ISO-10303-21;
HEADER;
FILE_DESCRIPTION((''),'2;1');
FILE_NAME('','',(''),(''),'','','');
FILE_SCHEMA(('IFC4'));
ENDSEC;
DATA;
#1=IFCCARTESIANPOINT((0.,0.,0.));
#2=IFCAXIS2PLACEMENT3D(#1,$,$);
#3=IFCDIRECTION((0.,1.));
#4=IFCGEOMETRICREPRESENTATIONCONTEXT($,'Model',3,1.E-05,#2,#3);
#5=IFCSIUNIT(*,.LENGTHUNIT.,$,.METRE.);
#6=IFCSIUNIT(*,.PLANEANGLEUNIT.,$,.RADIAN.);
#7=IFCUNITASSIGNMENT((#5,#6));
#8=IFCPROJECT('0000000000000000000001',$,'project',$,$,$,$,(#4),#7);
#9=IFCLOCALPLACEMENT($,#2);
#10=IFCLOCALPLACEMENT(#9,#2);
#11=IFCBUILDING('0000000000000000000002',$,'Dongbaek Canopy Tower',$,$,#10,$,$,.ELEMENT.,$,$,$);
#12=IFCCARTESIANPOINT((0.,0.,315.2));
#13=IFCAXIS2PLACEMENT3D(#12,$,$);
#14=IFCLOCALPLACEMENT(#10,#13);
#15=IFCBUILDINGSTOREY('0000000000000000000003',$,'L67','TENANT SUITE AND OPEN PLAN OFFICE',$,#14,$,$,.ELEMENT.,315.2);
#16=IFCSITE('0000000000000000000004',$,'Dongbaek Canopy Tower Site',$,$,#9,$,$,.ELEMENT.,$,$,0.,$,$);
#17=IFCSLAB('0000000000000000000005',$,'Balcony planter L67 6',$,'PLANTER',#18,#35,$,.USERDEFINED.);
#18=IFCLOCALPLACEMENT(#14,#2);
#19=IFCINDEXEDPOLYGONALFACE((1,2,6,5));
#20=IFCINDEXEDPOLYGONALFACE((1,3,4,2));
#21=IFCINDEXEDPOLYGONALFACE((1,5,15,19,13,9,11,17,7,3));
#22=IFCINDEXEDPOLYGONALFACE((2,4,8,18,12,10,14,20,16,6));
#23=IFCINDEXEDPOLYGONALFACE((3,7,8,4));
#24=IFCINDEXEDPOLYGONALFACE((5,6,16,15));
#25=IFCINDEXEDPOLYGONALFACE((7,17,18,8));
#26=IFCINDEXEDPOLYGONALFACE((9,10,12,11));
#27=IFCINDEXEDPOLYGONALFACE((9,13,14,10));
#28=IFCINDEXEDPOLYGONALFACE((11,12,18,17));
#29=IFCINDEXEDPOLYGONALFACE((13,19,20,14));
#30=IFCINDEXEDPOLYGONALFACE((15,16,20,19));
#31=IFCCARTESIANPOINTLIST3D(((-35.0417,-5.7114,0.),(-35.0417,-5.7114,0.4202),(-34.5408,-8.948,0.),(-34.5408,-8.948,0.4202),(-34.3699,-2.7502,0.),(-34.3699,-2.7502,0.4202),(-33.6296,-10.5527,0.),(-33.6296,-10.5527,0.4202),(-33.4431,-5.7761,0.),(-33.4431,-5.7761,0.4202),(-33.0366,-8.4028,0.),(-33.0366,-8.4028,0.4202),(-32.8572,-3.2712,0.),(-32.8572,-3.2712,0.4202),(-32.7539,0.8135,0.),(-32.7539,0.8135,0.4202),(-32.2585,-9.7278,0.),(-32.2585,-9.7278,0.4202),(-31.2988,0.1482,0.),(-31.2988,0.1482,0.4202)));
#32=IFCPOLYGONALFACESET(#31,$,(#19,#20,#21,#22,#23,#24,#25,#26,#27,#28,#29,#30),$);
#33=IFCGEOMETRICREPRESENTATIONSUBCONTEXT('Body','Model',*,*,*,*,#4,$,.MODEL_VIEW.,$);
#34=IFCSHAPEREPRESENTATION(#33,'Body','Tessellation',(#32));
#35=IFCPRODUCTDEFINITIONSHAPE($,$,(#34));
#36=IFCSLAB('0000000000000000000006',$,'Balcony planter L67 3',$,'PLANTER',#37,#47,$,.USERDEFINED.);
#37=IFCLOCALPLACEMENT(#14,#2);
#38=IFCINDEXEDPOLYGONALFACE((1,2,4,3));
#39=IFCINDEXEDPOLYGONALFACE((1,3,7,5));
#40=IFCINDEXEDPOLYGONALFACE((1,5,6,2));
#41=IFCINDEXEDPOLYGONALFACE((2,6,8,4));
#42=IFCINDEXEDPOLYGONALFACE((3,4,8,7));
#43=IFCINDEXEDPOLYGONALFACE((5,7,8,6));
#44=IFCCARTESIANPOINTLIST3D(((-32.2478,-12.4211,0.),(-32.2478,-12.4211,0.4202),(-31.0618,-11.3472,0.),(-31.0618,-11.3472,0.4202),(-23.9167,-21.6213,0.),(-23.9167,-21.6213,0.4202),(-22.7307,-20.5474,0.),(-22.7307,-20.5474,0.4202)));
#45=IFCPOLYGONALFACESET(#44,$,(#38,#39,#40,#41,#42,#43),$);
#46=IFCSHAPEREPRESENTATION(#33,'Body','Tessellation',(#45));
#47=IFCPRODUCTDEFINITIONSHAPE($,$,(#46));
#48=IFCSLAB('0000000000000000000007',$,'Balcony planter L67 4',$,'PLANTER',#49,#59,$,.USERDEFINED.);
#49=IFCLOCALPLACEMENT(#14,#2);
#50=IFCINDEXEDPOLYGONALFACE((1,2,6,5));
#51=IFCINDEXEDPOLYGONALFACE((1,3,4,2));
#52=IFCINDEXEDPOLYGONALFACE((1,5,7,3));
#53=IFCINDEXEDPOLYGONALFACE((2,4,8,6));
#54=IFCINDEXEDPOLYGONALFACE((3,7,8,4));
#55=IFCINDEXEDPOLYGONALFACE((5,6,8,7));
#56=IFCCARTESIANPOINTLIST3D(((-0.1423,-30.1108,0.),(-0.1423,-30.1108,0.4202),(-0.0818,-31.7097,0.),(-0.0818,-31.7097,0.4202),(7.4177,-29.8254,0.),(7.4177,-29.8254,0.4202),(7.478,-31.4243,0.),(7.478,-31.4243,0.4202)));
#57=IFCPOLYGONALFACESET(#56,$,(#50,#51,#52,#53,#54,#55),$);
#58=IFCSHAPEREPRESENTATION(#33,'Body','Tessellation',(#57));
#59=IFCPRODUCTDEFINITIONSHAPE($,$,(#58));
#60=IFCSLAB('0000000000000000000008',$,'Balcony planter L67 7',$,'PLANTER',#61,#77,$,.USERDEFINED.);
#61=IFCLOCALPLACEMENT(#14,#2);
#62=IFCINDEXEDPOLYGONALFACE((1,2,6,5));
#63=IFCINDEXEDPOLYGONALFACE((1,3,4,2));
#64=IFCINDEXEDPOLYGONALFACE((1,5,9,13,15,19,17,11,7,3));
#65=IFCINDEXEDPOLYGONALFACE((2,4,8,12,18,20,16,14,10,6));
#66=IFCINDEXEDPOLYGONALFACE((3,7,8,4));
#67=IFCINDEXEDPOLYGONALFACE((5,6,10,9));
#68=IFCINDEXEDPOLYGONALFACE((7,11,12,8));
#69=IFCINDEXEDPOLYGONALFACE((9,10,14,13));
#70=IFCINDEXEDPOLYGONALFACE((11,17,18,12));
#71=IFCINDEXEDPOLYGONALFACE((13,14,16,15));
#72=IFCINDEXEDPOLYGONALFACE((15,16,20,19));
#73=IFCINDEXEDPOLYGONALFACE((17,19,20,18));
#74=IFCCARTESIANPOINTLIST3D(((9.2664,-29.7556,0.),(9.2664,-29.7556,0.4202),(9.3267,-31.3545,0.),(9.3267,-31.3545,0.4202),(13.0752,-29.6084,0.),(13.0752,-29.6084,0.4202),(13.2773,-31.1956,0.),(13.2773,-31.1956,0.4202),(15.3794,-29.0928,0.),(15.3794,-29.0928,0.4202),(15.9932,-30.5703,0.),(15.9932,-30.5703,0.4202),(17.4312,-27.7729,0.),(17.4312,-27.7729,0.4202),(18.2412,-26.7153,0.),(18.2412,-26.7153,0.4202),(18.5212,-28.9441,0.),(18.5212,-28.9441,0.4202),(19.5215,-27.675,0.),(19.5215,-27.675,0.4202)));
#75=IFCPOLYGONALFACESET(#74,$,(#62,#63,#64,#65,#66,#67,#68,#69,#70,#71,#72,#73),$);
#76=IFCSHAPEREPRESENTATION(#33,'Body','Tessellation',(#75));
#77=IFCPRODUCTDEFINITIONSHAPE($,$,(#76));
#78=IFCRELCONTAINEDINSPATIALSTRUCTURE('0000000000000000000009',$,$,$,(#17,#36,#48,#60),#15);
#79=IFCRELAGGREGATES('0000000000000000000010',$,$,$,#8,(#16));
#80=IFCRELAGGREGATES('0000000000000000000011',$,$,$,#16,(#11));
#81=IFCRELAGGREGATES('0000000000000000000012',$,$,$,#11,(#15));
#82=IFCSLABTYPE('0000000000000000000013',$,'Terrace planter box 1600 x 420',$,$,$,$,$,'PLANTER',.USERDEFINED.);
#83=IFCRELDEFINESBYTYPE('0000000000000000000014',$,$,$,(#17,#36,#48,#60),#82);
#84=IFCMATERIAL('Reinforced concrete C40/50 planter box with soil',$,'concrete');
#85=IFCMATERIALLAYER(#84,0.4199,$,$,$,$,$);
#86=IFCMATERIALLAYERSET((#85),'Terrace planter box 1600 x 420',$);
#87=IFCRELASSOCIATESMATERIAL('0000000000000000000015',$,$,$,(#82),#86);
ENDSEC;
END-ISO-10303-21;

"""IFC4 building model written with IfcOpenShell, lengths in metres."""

from ifc_helpers import new_model, si_unit, direction, frame, origin, place, context, subcontext, project, spatial, polyline, outline, extrude, material, layer, layer_set, type_object, element, save


model = new_model("IFC4")

# Units and contexts
model_context = context("Model", 3, precision=1e-05, world=origin(), true_north=direction((0.0, 1.0)))
body_context = subcontext(model_context, "Body", "Model", "MODEL_VIEW")
ifc_project = project(units=[si_unit("LENGTHUNIT", "METRE"), si_unit("PLANEANGLEUNIT", "RADIAN")], contexts=[model_context])

# Site, building, storey
site_placement = place(None, origin())
site = spatial("IfcSite", under=ifc_project, at=site_placement, Name="Dongbaek Canopy Tower Site", CompositionType="ELEMENT", RefElevation=0.0)
building_placement = place(site_placement, origin())
building = spatial("IfcBuilding", under=site, at=building_placement, Name="Dongbaek Canopy Tower", CompositionType="ELEMENT")
storey_placement = place(building_placement, frame((0.0, 0.0, 315.2)))
storey = spatial("IfcBuildingStorey", under=building, at=storey_placement, Name="L67", Description="TENANT SUITE AND OPEN PLAN OFFICE", CompositionType="ELEMENT", Elevation=315.2)

# Slabs
ifc_material_1 = material(Name="Reinforced concrete C40/50 planter box with soil", Category="concrete")
ifc_layer_1 = layer(ifc_material_1, 0.4199)
ifc_layer_set_1 = layer_set([ifc_layer_1], Name="Terrace planter box 1600 x 420")
slab_type_1 = type_object("IfcSlabType", Name="Terrace planter box 1600 x 420", ElementType="PLANTER", PredefinedType="USERDEFINED", material=ifc_layer_set_1)
slab_1_placement = place(storey_placement, origin())
element("IfcSlab", 1, at=slab_1_placement, inside=storey, type_object=slab_type_1, Name="Balcony planter L67 6", ObjectType="PLANTER", PredefinedType="USERDEFINED", context=body_context, shape_type="SweptSolid", body=[
    extrude(outline(polyline([(-31.2988, 0.1482), (-32.8572, -3.2712), (-33.4431, -5.7761), (-33.0366, -8.4028), (-32.2585, -9.7278), (-33.6296, -10.5527), (-34.5408, -8.948), (-35.0417, -5.7114), (-34.3699, -2.7502), (-32.7539, 0.8135), (-31.2988, 0.1482)])), origin(), (0.0, 0.0, 1.0), 0.4202),
])
slab_2_placement = place(storey_placement, origin())
element("IfcSlab", 2, at=slab_2_placement, inside=storey, type_object=slab_type_1, Name="Balcony planter L67 3", ObjectType="PLANTER", PredefinedType="USERDEFINED", context=body_context, shape_type="SweptSolid", body=[
    extrude(outline(polyline([(-31.0618, -11.3472), (-22.7307, -20.5474), (-23.9167, -21.6213), (-32.2478, -12.4211), (-31.0618, -11.3472)])), origin(), (0.0, 0.0, 1.0), 0.4202),
])
slab_3_placement = place(storey_placement, origin())
element("IfcSlab", 3, at=slab_3_placement, inside=storey, type_object=slab_type_1, Name="Balcony planter L67 4", ObjectType="PLANTER", PredefinedType="USERDEFINED", context=body_context, shape_type="SweptSolid", body=[
    extrude(outline(polyline([(-0.1423, -30.1108), (7.4177, -29.8254), (7.478, -31.4243), (-0.0818, -31.7097), (-0.1423, -30.1108)])), origin(), (0.0, 0.0, 1.0), 0.4202),
])
slab_4_placement = place(storey_placement, origin())
element("IfcSlab", 4, at=slab_4_placement, inside=storey, type_object=slab_type_1, Name="Balcony planter L67 7", ObjectType="PLANTER", PredefinedType="USERDEFINED", context=body_context, shape_type="SweptSolid", body=[
    extrude(outline(polyline([(9.2664, -29.7556), (13.0752, -29.6084), (15.3794, -29.0928), (17.4312, -27.7729), (18.2412, -26.7153), (19.5215, -27.675), (18.5212, -28.9441), (15.9932, -30.5703), (13.2773, -31.1956), (9.3267, -31.3545), (9.2664, -29.7556)])), origin(), (0.0, 0.0, 1.0), 0.4202),
])

save(model, "model.ifc")
